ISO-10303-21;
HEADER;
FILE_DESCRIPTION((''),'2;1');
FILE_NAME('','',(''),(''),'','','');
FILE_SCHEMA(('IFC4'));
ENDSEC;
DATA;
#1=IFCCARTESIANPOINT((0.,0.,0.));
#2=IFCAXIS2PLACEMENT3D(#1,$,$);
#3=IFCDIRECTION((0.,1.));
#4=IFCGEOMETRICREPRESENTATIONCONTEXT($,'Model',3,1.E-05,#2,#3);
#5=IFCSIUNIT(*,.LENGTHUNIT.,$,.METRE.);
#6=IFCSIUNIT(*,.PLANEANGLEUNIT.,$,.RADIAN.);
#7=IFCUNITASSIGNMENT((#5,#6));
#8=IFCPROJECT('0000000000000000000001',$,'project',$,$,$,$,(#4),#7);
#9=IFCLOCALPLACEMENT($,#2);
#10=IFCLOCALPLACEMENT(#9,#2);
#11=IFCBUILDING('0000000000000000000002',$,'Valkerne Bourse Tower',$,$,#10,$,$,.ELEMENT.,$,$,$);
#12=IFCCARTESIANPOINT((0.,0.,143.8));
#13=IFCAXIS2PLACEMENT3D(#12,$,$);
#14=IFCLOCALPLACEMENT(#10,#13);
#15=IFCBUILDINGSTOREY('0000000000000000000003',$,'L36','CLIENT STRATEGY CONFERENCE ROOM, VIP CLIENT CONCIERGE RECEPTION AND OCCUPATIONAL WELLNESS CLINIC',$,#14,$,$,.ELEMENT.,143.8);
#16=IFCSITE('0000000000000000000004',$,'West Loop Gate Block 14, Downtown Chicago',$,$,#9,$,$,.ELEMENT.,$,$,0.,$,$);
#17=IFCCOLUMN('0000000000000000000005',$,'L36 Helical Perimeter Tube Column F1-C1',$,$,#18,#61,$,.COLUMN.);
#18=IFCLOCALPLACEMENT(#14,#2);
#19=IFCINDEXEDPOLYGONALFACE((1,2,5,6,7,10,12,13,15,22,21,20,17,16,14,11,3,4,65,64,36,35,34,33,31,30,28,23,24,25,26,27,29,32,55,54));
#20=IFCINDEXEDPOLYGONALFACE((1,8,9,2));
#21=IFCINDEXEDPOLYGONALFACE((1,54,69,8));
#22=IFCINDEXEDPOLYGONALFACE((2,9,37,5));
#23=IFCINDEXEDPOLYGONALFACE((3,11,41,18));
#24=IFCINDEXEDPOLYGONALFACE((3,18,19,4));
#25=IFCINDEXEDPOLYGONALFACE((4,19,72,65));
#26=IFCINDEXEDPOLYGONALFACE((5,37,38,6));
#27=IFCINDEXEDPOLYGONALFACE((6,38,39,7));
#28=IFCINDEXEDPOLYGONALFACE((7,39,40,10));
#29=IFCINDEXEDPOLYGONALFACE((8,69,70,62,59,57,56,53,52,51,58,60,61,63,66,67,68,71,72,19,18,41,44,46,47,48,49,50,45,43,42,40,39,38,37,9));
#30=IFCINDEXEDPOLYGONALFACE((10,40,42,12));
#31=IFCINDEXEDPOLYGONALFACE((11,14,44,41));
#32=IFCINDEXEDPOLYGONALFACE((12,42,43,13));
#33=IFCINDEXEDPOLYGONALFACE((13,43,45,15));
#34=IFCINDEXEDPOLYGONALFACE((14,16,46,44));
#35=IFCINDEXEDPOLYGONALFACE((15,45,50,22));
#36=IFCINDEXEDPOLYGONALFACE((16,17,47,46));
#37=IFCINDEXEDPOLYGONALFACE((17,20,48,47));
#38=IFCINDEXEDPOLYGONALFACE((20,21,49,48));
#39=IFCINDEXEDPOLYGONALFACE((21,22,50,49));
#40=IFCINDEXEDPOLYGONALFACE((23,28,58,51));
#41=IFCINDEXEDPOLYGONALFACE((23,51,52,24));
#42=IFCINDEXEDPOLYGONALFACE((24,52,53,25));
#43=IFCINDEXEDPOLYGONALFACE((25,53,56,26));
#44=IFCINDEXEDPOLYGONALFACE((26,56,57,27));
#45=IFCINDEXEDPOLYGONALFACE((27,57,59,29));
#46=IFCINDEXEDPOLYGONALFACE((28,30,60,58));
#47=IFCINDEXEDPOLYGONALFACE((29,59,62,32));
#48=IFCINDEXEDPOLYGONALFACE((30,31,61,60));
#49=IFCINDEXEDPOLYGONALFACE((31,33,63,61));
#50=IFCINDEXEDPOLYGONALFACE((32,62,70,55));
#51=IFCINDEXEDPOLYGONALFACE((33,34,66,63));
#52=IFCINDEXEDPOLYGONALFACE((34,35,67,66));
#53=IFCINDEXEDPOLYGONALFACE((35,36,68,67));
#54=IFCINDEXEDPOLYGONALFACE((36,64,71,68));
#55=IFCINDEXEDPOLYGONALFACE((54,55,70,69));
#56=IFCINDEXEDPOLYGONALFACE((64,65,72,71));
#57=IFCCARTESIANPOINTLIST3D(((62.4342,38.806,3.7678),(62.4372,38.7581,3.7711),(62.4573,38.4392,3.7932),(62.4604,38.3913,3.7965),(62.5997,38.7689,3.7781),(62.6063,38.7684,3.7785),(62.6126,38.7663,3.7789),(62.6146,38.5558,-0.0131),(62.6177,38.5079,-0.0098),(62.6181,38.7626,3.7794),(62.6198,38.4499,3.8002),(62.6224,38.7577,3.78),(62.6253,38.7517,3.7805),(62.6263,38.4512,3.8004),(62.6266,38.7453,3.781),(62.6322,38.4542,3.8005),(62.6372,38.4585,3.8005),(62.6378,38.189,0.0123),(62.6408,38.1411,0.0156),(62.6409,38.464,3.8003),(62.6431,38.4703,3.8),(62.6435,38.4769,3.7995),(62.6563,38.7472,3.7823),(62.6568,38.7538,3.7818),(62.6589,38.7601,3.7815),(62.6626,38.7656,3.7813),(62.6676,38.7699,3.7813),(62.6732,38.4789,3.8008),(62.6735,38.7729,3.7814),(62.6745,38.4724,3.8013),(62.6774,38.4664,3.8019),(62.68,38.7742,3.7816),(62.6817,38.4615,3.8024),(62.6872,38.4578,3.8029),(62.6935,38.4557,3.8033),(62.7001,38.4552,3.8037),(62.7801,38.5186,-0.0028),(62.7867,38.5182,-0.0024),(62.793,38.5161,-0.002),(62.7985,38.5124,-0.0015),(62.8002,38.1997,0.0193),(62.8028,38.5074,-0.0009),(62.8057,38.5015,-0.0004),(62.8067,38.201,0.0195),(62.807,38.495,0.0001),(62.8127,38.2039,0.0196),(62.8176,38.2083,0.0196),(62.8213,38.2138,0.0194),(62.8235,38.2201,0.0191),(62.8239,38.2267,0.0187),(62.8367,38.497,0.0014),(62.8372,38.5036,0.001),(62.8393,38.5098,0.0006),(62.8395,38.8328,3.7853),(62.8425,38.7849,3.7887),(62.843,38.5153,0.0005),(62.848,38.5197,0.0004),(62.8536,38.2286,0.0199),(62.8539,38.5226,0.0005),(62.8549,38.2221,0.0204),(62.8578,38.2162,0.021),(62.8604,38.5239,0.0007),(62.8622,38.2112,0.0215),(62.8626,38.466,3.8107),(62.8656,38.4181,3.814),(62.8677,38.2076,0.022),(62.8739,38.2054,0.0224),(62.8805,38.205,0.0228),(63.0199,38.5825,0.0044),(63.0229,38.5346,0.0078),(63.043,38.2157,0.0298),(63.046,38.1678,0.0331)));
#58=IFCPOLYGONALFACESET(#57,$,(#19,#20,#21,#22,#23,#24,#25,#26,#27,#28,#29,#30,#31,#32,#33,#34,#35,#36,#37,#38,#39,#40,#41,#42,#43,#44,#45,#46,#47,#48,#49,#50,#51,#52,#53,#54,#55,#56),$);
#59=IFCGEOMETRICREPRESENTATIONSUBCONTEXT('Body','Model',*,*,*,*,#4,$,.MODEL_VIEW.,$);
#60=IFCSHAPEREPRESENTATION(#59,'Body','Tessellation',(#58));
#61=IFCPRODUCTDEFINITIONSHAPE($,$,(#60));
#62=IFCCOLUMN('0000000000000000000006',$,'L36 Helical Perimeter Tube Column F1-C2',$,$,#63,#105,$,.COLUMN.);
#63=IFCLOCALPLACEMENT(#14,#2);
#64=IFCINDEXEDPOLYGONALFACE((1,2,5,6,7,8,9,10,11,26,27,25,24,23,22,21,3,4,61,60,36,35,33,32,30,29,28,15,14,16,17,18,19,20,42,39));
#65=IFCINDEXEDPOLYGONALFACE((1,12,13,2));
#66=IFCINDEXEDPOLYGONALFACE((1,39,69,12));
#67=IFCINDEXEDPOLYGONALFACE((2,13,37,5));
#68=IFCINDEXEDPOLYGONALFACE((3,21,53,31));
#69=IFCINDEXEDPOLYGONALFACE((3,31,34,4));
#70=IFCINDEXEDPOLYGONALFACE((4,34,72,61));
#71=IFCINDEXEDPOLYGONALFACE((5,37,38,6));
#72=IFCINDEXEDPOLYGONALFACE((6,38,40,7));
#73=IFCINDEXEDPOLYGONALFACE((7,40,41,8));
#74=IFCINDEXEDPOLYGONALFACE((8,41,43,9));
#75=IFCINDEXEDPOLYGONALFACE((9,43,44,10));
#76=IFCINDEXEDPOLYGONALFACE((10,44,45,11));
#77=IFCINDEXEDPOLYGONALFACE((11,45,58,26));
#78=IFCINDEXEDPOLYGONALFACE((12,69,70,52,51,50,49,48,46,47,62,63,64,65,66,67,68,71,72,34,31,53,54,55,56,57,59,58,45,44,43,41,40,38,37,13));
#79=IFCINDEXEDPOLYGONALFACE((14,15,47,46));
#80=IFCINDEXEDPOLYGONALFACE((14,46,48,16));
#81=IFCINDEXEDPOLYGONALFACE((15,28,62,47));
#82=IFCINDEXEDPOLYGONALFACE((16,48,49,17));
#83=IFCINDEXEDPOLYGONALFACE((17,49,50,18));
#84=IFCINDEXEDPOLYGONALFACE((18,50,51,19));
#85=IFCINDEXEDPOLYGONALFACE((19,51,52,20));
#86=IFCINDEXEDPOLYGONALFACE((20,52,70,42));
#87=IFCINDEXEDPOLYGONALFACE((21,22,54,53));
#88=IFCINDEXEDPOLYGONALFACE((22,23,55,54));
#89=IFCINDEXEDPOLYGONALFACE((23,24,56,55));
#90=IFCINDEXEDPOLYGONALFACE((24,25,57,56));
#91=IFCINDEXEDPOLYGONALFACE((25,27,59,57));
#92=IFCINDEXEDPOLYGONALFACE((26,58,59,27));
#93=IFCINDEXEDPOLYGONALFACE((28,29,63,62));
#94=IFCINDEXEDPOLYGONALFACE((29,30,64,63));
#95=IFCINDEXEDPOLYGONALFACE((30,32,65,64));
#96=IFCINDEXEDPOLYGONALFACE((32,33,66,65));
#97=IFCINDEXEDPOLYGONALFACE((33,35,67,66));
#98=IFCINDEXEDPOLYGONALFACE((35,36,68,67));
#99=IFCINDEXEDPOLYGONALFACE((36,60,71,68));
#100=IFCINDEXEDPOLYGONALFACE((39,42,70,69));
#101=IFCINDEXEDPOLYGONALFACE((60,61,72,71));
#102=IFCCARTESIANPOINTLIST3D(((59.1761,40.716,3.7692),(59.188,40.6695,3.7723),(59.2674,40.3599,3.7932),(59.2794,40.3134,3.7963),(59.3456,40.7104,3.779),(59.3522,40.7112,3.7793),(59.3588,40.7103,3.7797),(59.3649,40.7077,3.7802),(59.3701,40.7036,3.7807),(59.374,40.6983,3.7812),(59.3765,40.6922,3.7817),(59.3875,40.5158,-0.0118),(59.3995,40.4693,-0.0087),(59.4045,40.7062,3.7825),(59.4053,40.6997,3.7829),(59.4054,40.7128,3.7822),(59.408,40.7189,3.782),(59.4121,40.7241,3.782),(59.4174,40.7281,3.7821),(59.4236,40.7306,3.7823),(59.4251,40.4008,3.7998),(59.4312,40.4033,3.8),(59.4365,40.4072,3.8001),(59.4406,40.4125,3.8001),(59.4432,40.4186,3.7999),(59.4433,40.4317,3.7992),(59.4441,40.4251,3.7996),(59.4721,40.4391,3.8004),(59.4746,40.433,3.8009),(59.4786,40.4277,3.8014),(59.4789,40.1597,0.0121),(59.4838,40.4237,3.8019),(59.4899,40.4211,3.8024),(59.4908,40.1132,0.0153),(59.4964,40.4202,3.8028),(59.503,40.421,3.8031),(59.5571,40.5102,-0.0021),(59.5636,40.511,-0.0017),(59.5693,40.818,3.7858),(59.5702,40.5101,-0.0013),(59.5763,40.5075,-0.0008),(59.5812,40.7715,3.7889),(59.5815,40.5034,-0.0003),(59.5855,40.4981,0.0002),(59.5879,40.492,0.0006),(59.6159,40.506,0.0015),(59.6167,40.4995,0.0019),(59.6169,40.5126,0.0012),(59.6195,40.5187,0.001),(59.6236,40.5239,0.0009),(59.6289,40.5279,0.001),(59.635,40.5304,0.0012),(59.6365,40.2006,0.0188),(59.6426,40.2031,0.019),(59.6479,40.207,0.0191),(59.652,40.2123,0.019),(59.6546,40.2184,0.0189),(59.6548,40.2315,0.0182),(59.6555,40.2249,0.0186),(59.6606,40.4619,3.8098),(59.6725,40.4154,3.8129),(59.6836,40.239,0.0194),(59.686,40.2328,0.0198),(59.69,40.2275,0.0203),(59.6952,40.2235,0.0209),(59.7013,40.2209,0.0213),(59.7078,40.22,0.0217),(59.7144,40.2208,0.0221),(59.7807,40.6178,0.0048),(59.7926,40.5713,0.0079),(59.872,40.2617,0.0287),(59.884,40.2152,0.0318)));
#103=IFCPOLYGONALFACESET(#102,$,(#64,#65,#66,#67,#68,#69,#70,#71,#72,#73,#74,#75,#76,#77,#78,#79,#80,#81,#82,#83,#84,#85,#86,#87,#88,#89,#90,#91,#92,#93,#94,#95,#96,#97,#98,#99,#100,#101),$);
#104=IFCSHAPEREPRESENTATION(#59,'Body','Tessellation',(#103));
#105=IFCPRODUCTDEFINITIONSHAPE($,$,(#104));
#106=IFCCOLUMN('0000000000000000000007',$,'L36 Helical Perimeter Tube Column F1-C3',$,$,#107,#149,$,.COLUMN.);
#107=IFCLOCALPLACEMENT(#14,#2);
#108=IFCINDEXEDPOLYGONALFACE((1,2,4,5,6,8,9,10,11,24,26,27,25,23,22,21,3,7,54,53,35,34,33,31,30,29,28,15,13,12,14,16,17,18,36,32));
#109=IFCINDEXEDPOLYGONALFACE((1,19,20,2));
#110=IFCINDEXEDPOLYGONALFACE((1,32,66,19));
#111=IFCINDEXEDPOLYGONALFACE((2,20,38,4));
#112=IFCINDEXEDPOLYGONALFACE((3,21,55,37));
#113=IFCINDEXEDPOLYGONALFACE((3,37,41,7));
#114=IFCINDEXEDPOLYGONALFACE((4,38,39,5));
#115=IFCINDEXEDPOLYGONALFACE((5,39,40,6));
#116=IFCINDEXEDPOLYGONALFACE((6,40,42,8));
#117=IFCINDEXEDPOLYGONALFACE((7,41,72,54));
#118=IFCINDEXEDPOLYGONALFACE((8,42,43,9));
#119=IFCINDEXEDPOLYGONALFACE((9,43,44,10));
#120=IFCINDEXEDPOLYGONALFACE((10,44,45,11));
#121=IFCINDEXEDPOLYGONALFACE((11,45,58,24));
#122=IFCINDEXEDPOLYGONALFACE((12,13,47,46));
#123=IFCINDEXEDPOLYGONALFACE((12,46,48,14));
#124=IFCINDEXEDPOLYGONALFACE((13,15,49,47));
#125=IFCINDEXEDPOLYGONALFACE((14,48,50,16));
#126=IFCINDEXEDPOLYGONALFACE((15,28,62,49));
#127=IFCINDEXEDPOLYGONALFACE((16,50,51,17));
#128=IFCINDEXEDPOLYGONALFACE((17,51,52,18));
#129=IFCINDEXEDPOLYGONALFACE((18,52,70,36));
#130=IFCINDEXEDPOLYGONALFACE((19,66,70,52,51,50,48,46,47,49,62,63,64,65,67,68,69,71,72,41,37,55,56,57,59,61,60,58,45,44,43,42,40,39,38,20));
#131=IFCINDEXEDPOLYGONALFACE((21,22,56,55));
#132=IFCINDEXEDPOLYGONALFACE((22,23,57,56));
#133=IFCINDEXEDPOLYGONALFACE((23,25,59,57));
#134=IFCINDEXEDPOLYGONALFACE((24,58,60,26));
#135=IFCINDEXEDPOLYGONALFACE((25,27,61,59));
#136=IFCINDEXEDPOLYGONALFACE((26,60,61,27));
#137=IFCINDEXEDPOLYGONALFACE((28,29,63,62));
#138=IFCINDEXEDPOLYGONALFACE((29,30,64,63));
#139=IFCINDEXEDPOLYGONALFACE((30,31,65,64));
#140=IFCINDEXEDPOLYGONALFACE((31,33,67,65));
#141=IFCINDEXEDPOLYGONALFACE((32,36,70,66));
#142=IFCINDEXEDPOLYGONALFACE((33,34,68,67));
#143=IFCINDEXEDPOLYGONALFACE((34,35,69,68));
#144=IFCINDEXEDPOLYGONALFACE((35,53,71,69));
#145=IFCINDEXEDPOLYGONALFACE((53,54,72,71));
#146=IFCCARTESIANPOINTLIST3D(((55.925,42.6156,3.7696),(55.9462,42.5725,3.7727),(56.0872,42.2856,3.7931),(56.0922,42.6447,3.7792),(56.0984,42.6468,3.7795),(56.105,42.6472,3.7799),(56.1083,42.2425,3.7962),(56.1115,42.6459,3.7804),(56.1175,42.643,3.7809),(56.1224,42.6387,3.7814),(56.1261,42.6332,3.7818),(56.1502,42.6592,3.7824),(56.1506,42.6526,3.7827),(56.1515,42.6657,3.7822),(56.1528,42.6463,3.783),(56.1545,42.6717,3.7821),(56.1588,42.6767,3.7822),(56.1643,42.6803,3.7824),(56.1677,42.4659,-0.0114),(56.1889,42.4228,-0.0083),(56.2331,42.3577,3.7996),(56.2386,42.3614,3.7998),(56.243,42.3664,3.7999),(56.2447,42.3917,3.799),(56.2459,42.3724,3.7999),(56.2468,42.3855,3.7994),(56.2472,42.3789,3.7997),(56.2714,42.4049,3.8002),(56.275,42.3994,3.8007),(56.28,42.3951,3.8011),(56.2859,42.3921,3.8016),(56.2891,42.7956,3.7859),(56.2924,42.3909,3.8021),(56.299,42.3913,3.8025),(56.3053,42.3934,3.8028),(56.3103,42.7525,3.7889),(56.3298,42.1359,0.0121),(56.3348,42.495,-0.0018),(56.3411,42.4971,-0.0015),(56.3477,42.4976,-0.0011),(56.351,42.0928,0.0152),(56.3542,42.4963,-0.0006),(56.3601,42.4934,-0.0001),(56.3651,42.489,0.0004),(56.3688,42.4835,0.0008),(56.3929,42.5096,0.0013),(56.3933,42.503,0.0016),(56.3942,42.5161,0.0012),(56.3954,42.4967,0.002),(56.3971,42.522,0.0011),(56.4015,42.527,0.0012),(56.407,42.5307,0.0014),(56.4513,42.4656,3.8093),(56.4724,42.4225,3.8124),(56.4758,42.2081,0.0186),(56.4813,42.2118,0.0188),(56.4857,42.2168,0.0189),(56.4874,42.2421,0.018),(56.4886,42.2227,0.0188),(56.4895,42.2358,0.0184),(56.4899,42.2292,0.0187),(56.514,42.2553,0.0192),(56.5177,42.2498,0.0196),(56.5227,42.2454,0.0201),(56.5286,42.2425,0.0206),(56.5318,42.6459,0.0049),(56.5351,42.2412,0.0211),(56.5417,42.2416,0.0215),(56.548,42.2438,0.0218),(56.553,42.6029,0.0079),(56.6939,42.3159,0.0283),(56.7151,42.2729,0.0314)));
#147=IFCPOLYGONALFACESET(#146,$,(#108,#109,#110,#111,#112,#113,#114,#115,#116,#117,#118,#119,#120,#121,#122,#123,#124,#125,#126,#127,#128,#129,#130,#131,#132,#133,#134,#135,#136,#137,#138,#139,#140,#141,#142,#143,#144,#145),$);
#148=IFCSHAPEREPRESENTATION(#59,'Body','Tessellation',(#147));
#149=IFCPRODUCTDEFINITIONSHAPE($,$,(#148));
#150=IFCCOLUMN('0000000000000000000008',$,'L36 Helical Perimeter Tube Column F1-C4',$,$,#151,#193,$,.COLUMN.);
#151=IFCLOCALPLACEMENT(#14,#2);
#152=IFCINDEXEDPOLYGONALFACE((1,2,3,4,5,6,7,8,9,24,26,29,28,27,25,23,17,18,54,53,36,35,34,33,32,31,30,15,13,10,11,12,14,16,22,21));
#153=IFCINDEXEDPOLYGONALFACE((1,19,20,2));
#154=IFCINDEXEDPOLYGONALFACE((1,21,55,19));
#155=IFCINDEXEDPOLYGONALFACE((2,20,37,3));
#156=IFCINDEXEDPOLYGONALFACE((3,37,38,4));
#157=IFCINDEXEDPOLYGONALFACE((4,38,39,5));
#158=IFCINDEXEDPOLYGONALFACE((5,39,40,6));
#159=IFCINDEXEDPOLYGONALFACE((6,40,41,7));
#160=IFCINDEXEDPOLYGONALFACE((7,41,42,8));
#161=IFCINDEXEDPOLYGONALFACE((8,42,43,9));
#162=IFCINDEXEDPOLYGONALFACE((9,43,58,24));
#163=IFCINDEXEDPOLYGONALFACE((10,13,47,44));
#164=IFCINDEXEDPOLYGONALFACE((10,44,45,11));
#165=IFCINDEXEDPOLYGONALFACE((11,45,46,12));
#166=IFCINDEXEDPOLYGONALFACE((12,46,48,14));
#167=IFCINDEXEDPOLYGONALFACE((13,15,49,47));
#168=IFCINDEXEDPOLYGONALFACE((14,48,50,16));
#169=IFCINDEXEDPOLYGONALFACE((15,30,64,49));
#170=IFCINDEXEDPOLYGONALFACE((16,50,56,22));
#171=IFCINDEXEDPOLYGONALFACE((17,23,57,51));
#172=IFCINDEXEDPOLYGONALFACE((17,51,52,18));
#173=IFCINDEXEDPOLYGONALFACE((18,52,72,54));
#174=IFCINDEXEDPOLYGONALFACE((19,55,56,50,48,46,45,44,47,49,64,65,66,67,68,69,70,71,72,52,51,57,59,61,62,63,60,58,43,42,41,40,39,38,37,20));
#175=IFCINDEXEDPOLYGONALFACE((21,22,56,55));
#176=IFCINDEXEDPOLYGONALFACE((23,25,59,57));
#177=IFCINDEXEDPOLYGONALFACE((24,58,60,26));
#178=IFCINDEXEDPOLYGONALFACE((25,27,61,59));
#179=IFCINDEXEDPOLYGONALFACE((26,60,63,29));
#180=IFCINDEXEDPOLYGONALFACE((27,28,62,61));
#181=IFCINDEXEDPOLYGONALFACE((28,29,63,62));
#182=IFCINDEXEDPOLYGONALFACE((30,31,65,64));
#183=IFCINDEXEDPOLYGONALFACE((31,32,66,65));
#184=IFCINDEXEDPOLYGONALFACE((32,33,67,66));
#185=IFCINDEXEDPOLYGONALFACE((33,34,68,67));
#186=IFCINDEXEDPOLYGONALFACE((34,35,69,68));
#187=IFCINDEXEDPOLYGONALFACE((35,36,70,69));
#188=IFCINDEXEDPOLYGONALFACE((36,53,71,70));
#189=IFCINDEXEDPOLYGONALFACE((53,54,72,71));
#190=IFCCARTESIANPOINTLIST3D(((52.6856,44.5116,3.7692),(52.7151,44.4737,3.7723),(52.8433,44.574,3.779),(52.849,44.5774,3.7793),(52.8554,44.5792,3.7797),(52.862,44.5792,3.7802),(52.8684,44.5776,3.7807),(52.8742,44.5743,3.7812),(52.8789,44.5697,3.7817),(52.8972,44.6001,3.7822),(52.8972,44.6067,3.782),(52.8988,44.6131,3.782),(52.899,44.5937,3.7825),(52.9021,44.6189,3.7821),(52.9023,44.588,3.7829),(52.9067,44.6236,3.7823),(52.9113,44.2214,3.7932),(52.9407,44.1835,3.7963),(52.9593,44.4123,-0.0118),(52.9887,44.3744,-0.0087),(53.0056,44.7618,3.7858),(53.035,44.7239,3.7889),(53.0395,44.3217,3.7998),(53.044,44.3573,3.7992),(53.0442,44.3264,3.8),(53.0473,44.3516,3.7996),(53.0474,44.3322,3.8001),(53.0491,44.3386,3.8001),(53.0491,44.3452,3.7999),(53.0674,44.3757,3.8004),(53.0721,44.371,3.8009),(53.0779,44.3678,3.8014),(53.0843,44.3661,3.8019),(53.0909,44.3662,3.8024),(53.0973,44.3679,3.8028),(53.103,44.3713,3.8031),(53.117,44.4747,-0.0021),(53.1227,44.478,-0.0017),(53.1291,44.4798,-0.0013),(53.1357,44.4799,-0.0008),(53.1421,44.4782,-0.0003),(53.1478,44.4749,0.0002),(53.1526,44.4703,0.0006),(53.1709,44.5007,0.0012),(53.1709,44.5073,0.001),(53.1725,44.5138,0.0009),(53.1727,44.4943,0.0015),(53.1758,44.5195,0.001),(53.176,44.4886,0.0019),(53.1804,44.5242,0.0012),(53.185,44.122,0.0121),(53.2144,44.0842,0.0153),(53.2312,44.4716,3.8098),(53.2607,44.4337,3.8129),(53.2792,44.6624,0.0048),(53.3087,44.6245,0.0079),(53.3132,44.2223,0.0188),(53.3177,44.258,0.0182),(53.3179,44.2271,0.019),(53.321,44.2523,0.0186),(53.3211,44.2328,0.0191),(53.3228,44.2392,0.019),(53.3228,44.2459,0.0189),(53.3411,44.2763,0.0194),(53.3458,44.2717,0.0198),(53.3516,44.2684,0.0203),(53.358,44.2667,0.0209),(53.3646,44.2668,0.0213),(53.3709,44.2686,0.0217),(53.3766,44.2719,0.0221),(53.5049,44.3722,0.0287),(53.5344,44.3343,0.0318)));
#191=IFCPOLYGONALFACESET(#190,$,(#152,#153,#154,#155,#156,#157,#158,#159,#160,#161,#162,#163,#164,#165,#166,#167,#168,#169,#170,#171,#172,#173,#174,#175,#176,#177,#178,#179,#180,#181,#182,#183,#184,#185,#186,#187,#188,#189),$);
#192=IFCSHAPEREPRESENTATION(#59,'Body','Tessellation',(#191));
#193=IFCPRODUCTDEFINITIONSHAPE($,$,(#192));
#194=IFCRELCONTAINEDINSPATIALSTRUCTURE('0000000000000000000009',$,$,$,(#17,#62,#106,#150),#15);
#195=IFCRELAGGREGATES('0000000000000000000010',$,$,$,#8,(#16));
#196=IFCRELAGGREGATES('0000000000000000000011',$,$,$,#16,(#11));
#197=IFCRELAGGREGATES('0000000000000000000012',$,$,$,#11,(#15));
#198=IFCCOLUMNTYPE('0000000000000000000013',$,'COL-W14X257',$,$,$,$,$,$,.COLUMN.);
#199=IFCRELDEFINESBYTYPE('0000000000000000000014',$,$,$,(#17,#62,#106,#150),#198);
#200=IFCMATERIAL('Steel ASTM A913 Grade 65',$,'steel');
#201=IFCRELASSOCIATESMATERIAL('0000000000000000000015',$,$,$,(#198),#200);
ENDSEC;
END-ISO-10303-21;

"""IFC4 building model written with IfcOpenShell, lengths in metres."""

from ifc_helpers import new_model, si_unit, direction, frame, origin, origin_2d, place, context, subcontext, project, spatial, i_section, extrude, material, material_profile, profile_set, type_object, element, save


model = new_model("IFC4")

# Units and contexts
model_context = context("Model", 3, precision=1e-05, world=origin(), true_north=direction((0.0, 1.0)))
body_context = subcontext(model_context, "Body", "Model", "MODEL_VIEW")
ifc_project = project(units=[si_unit("LENGTHUNIT", "METRE"), si_unit("PLANEANGLEUNIT", "RADIAN")], contexts=[model_context])

# Site, building, storey
site_placement = place(None, origin())
site = spatial("IfcSite", under=ifc_project, at=site_placement, Name="West Loop Gate Block 14, Downtown Chicago", CompositionType="ELEMENT", RefElevation=0.0)
building_placement = place(site_placement, origin())
building = spatial("IfcBuilding", under=site, at=building_placement, Name="Valkerne Bourse Tower", CompositionType="ELEMENT")
storey_placement = place(building_placement, frame((0.0, 0.0, 143.8)))
storey = spatial("IfcBuildingStorey", under=building, at=storey_placement, Name="L36", Description="CLIENT STRATEGY CONFERENCE ROOM, VIP CLIENT CONCIERGE RECEPTION AND OCCUPATIONAL WELLNESS CLINIC", CompositionType="ELEMENT", Elevation=143.8)

# Columns
ifc_material_1 = material(Name="Steel ASTM A913 Grade 65", Category="steel")
ifc_material_profile_1 = material_profile(ifc_material_1, i_section(OverallWidth=0.4065, OverallDepth=0.4165, WebThickness=0.0298, FlangeThickness=0.0481, FilletRadius=0.0254, at=origin_2d()), Name="W14X257")
ifc_profile_set_1 = profile_set([ifc_material_profile_1], Name="Steel ASTM A913 Grade 65")
column_type = type_object("IfcColumnType", Name="COL-W14X257", PredefinedType="COLUMN", material=ifc_profile_set_1)
column_1_placement = place(storey_placement, frame((62.8303, 38.3618, 0.01), z_axis=(-0.047559, 0.065965, 0.996688), x_axis=(0.996897, 0.065798, 0.043215)))
element("IfcColumn", 1, at=column_1_placement, inside=storey, type_object=column_type, Name="L36 Helical Perimeter Tube Column F1-C1", PredefinedType="COLUMN", context=body_context, shape_type="SweptSolid", body=[
    extrude(i_section(OverallWidth=0.4065, OverallDepth=0.4165, WebThickness=0.0298, FlangeThickness=0.0481, FilletRadius=0.0254, at=origin_2d()), origin(), (0.0, 0.0, 1.0), 3.7935),
])
column_2_placement = place(storey_placement, frame((59.6357, 40.3655, 0.01), z_axis=(-0.055753, 0.052791, 0.997048), x_axis=(0.967171, 0.250831, 0.040801)))
element("IfcColumn", 2, at=column_2_placement, inside=storey, type_object=column_type, Name="L36 Helical Perimeter Tube Column F1-C2", PredefinedType="COLUMN", context=body_context, shape_type="SweptSolid", body=[
    extrude(i_section(OverallWidth=0.4065, OverallDepth=0.4165, WebThickness=0.0298, FlangeThickness=0.0481, FilletRadius=0.0254, at=origin_2d()), origin(), (0.0, 0.0, 1.0), 3.7922),
])
column_3_placement = place(storey_placement, frame((56.4414, 42.3694, 0.01), z_axis=(-0.064001, 0.03947, 0.997169), x_axis=(0.895686, 0.442888, 0.039957)))
element("IfcColumn", 3, at=column_3_placement, inside=storey, type_object=column_type, Name="L36 Helical Perimeter Tube Column F1-C3", PredefinedType="COLUMN", context=body_context, shape_type="SweptSolid", body=[
    extrude(i_section(OverallWidth=0.4065, OverallDepth=0.4165, WebThickness=0.0298, FlangeThickness=0.0481, FilletRadius=0.0254, at=origin_2d()), origin(), (0.0, 0.0, 1.0), 3.7917),
])
column_4_placement = place(storey_placement, frame((53.2468, 44.3733, 0.01), z_axis=(-0.07217, 0.026203, 0.997048), x_axis=(0.78712, 0.615449, 0.0408)))
element("IfcColumn", 4, at=column_4_placement, inside=storey, type_object=column_type, Name="L36 Helical Perimeter Tube Column F1-C4", PredefinedType="COLUMN", context=body_context, shape_type="SweptSolid", body=[
    extrude(i_section(OverallWidth=0.4065, OverallDepth=0.4165, WebThickness=0.0298, FlangeThickness=0.0481, FilletRadius=0.0254, at=origin_2d()), origin(), (0.0, 0.0, 1.0), 3.7922),
])

save(model, "model.ifc")
